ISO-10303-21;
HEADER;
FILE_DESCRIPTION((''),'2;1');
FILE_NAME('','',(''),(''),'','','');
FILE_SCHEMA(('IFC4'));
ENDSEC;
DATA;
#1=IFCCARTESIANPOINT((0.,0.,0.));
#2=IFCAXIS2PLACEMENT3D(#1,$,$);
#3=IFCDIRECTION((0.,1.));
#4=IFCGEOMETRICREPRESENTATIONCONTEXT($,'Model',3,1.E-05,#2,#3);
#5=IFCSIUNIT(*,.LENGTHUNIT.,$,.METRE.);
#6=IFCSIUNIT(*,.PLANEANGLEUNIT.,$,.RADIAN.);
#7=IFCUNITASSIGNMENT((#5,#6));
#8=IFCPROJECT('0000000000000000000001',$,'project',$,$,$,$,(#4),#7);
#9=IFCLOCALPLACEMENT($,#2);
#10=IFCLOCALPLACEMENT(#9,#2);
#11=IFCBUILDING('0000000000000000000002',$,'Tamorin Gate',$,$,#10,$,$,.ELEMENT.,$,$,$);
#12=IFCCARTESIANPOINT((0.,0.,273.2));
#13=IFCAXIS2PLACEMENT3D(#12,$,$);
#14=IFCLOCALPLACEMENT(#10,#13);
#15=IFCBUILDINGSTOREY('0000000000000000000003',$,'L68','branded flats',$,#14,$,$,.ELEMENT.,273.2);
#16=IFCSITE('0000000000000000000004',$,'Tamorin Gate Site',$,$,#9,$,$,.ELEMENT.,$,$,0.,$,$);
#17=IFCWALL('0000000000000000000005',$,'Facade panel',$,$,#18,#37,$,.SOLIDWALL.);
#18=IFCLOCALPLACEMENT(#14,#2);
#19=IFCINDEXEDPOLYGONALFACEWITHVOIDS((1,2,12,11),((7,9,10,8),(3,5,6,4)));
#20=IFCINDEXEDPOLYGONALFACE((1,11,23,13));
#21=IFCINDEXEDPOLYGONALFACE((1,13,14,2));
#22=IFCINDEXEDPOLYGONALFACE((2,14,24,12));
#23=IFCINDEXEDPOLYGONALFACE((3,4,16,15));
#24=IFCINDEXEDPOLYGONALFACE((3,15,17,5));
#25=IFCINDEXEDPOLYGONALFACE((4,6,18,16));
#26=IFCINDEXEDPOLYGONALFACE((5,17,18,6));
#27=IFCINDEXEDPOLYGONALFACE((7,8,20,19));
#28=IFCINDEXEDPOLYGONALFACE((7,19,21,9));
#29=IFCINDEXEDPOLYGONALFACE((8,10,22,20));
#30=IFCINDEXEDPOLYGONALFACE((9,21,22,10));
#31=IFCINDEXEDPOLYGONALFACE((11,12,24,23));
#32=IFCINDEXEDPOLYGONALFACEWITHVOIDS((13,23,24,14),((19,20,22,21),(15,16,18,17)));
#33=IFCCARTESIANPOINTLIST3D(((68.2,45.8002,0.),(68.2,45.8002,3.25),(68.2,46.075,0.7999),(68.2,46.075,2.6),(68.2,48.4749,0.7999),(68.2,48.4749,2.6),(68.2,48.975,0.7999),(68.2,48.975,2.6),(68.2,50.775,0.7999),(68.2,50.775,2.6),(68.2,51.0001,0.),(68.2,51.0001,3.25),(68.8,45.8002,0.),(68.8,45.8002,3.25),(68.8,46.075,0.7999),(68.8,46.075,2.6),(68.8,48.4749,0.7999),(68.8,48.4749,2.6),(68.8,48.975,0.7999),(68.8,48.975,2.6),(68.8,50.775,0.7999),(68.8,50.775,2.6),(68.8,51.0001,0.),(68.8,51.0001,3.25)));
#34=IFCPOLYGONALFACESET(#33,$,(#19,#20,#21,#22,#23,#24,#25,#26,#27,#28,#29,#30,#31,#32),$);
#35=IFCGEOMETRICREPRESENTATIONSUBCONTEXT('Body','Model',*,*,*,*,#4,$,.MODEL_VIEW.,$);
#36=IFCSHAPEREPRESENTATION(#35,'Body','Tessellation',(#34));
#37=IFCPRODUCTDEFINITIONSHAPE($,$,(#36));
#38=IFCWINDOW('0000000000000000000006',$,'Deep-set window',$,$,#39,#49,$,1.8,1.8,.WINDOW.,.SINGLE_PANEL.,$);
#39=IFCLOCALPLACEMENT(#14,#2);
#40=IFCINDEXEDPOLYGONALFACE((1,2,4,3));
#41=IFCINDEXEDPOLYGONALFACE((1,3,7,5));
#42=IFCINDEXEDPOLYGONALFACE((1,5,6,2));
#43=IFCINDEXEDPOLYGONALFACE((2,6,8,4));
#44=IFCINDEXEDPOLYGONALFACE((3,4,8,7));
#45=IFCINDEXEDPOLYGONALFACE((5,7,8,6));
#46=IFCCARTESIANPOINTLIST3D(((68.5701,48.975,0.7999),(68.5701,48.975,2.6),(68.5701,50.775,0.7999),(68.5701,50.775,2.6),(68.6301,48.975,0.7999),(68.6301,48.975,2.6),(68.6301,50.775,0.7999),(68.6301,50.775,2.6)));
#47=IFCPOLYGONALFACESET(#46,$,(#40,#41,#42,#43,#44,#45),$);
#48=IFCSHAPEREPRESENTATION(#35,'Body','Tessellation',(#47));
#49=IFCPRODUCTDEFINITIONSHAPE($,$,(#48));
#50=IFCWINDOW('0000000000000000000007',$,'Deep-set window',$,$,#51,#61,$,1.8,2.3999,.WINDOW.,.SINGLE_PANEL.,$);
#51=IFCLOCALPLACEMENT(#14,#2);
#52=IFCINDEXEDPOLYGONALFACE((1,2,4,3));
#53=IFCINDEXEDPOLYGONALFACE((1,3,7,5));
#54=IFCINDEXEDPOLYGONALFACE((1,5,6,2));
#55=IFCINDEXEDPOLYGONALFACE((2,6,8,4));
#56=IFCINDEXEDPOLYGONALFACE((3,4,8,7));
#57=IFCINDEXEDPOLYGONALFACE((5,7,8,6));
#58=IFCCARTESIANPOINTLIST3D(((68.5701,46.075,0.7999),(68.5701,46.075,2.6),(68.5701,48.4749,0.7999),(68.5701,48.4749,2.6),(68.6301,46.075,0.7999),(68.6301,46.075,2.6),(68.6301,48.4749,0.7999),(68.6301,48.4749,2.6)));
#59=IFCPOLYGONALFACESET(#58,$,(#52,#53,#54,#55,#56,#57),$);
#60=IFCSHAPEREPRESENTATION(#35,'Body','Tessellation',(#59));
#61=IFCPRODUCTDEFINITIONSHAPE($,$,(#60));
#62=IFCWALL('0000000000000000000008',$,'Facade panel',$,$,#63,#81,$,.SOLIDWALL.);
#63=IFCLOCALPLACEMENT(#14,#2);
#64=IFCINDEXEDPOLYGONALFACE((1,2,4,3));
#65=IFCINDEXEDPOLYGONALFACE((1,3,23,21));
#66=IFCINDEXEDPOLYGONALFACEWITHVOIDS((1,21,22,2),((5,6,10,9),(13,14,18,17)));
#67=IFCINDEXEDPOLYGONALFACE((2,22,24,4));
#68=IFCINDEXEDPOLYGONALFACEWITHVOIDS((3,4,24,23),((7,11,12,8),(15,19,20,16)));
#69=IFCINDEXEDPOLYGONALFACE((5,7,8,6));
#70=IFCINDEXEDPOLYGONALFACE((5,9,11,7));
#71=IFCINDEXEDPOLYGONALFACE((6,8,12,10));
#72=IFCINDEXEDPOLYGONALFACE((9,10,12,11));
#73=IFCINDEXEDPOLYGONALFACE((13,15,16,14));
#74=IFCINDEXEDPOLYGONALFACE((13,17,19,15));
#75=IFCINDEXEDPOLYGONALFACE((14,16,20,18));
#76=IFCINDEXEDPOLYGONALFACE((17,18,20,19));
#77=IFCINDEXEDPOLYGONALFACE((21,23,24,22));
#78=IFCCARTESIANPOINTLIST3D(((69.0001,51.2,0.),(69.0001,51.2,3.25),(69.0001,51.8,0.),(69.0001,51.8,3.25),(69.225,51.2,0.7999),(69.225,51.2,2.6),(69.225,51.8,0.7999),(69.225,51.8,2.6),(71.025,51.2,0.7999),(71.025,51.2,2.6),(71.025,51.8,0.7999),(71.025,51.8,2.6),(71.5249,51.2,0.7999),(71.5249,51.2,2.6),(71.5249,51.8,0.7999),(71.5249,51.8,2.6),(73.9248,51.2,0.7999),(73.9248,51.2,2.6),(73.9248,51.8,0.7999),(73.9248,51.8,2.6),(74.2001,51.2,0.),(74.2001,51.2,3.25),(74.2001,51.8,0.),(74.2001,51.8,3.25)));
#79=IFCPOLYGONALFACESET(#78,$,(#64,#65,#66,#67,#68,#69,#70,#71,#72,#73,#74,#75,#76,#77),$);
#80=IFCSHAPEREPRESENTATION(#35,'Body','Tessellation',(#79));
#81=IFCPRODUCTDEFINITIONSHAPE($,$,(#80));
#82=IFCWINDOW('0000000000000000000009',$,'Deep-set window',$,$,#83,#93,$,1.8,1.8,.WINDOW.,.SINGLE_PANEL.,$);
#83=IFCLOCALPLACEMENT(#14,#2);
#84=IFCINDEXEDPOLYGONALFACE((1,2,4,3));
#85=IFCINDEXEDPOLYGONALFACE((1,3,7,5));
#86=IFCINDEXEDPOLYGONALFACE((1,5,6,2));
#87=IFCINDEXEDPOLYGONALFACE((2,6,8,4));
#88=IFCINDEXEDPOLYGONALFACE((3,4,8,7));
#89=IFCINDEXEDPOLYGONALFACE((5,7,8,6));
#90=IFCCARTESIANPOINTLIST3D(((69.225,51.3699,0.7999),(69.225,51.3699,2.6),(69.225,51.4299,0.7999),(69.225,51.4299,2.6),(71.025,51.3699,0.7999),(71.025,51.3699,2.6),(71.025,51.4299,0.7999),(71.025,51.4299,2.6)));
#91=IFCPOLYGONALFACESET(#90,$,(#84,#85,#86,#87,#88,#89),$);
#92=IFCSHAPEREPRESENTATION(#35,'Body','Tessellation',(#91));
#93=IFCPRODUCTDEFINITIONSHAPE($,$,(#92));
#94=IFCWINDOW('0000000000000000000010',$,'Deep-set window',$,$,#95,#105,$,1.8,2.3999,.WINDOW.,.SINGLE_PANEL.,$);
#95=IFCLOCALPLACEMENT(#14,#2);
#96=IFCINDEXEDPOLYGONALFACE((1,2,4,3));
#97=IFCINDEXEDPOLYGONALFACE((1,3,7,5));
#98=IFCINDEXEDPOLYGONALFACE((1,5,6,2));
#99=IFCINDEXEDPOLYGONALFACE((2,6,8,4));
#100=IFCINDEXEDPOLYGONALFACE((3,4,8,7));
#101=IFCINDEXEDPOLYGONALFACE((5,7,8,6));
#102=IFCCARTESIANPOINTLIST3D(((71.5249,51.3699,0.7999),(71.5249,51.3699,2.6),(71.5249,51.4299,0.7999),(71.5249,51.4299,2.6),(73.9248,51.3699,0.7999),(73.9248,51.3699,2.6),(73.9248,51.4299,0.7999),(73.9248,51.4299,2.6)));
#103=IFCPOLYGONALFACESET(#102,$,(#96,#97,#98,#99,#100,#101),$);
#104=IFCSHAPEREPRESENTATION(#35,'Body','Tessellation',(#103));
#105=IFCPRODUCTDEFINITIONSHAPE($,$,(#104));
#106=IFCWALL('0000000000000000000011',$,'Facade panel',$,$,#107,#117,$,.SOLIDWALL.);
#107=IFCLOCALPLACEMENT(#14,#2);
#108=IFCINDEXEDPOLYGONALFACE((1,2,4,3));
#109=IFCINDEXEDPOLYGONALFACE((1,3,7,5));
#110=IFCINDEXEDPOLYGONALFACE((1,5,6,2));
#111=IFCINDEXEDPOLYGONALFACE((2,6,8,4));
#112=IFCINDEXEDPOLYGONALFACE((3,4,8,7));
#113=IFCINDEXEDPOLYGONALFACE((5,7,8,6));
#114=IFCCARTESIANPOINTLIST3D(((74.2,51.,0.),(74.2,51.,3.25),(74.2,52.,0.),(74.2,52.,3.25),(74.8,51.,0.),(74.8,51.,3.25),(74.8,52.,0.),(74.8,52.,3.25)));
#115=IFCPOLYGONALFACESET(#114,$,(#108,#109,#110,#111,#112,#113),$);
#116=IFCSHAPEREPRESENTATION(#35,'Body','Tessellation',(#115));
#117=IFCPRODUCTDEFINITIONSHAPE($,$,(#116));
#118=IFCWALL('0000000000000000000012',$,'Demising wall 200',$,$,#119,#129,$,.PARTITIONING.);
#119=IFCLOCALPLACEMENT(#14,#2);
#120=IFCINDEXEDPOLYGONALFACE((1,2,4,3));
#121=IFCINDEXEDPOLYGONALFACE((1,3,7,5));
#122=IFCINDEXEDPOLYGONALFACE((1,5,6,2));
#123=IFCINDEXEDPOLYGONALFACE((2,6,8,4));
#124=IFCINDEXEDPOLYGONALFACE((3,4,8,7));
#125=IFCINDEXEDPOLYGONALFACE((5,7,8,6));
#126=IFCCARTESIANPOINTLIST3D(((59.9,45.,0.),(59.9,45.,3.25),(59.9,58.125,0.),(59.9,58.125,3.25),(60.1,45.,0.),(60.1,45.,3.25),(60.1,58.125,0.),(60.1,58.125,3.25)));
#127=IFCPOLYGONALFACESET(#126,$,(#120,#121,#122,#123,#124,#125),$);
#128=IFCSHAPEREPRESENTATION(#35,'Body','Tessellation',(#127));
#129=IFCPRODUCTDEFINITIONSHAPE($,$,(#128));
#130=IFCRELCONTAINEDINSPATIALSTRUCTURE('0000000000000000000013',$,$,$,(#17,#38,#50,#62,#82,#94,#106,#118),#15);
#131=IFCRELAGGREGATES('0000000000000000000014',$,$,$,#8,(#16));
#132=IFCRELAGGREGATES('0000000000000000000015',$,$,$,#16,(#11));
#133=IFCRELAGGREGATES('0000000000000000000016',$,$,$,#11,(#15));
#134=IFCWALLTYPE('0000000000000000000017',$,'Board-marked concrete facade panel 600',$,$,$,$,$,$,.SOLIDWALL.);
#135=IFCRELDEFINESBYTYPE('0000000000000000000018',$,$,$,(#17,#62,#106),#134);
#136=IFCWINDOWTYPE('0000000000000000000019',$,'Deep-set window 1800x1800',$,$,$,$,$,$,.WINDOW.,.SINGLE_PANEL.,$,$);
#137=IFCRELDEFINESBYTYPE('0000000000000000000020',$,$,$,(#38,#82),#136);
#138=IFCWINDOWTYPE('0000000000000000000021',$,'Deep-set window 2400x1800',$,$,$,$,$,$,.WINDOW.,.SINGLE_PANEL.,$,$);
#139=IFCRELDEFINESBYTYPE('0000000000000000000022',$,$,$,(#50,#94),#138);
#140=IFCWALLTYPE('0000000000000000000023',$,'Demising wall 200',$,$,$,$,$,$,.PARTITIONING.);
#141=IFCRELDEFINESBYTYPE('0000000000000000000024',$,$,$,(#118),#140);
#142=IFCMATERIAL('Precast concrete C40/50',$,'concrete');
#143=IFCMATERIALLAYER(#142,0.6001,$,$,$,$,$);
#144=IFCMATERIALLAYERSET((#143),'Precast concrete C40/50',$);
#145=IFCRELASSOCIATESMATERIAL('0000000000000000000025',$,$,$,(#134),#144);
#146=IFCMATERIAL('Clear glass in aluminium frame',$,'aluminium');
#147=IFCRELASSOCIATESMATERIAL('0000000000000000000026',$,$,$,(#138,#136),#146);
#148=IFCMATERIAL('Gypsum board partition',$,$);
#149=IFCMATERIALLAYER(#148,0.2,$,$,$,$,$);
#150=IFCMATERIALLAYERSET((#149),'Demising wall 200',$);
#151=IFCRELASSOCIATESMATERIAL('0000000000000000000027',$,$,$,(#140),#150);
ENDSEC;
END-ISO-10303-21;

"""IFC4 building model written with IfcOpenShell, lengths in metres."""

from ifc_helpers import new_model, si_unit, direction, frame, frame_2d, origin, place, context, subcontext, project, spatial, rectangle, extrude, material, layer, layer_set, type_object, element, fill, save


model = new_model("IFC4")

# Units and contexts
model_context = context("Model", 3, precision=1e-05, world=origin(), true_north=direction((0.0, 1.0)))
body_context = subcontext(model_context, "Body", "Model", "MODEL_VIEW")
ifc_project = project(units=[si_unit("LENGTHUNIT", "METRE"), si_unit("PLANEANGLEUNIT", "RADIAN")], contexts=[model_context])

# Site, building, storey
site_placement = place(None, origin())
site = spatial("IfcSite", under=ifc_project, at=site_placement, Name="Tamorin Gate Site", CompositionType="ELEMENT", RefElevation=0.0)
building_placement = place(site_placement, origin())
building = spatial("IfcBuilding", under=site, at=building_placement, Name="Tamorin Gate", CompositionType="ELEMENT")
storey_placement = place(building_placement, frame((0.0, 0.0, 273.2)))
storey = spatial("IfcBuildingStorey", under=building, at=storey_placement, Name="L68", Description="branded flats", CompositionType="ELEMENT", Elevation=273.2)

# Shared definitions
ifc_material_1 = material(Name="Precast concrete C40/50", Category="concrete")
ifc_layer_1 = layer(ifc_material_1, 0.6001)
ifc_layer_set_1 = layer_set([ifc_layer_1], Name="Precast concrete C40/50")
wall_type_1 = type_object("IfcWallType", Name="Board-marked concrete facade panel 600", PredefinedType="SOLIDWALL", material=ifc_layer_set_1)
ifc_material_2 = material(Name="Clear glass in aluminium frame", Category="aluminium")
window_type_1 = type_object("IfcWindowType", Name="Deep-set window 2400x1800", PartitioningType="SINGLE_PANEL", PredefinedType="WINDOW", material=ifc_material_2)

# Walls, openings, windows
wall_1_placement = place(storey_placement, frame((68.5, 45.8, 0.0), z_axis=(0.0, 0.0, 1.0), x_axis=(0.0, 1.0, 0.0)))
wall_1 = element("IfcWall", 1, at=wall_1_placement, inside=storey, type_object=wall_type_1, Name="Facade panel", PredefinedType="SOLIDWALL", context=body_context, shape_type="SweptSolid", body=[
    extrude(rectangle(XDim=5.2, YDim=0.6001, at=frame_2d((2.6001, 0.0))), origin(), (0.0, 0.0, 1.0), 3.25),
])
opening_1_placement = place(wall_1_placement, frame((0.2749, 0.0, 0.8)))
opening_1 = element("IfcOpeningElement", 2, at=opening_1_placement, cuts=wall_1, PredefinedType="OPENING", context=body_context, shape_type="SweptSolid", body=[
    extrude(rectangle(XDim=2.3999, YDim=1.8, at=frame_2d((1.2, 0.8999))), frame((0.0, 0.3101, 0.0), z_axis=(0.0, -1.0, 0.0), x_axis=(1.0, 0.0, 0.0)), (0.0, 0.0, 1.0), 0.6201),
])
opening_2_placement = place(wall_1_placement, frame((3.175, 0.0, 0.8)))
opening_2 = element("IfcOpeningElement", 3, at=opening_2_placement, cuts=wall_1, PredefinedType="OPENING", context=body_context, shape_type="SweptSolid", body=[
    extrude(rectangle(XDim=1.8, YDim=1.8, at=frame_2d((0.8999, 0.8999))), frame((0.0, 0.3101, 0.0), z_axis=(0.0, -1.0, 0.0), x_axis=(1.0, 0.0, 0.0)), (0.0, 0.0, 1.0), 0.6201),
])
window_type_2 = type_object("IfcWindowType", Name="Deep-set window 1800x1800", PartitioningType="SINGLE_PANEL", PredefinedType="WINDOW", material=ifc_material_2)
window_1_placement = place(opening_2_placement, origin())
window_1 = element("IfcWindow", 4, at=window_1_placement, inside=storey, type_object=window_type_2, Name="Deep-set window", OverallHeight=1.8, OverallWidth=1.8, PartitioningType="SINGLE_PANEL", PredefinedType="WINDOW", context=body_context, shape_type="SweptSolid", body=[
    extrude(rectangle(XDim=1.8, YDim=1.8, at=frame_2d((0.8999, 0.8999))), frame((0.0, -0.0701, 0.0), z_axis=(0.0, -1.0, 0.0), x_axis=(1.0, 0.0, 0.0)), (0.0, 0.0, 1.0), 0.0601),
])
fill(opening_2, window_1)
window_2_placement = place(opening_1_placement, origin())
window_2 = element("IfcWindow", 5, at=window_2_placement, inside=storey, type_object=window_type_1, Name="Deep-set window", OverallHeight=1.8, OverallWidth=2.3999, PartitioningType="SINGLE_PANEL", PredefinedType="WINDOW", context=body_context, shape_type="SweptSolid", body=[
    extrude(rectangle(XDim=2.3999, YDim=1.8, at=frame_2d((1.2, 0.8999))), frame((0.0, -0.0701, 0.0), z_axis=(0.0, -1.0, 0.0), x_axis=(1.0, 0.0, 0.0)), (0.0, 0.0, 1.0), 0.0601),
])
fill(opening_1, window_2)
wall_2_placement = place(storey_placement, frame((69.0, 51.5, 0.0), z_axis=(0.0, 0.0, 1.0), x_axis=(1.0, 0.0, 0.0)))
wall_2 = element("IfcWall", 6, at=wall_2_placement, inside=storey, type_object=wall_type_1, Name="Facade panel", PredefinedType="SOLIDWALL", context=body_context, shape_type="SweptSolid", body=[
    extrude(rectangle(XDim=5.2, YDim=0.6001, at=frame_2d((2.6001, 0.0))), origin(), (0.0, 0.0, 1.0), 3.25),
])
opening_3_placement = place(wall_2_placement, frame((0.2251, 0.0, 0.8)))
opening_3 = element("IfcOpeningElement", 7, at=opening_3_placement, cuts=wall_2, PredefinedType="OPENING", context=body_context, shape_type="SweptSolid", body=[
    extrude(rectangle(XDim=1.8, YDim=1.8, at=frame_2d((0.8999, 0.8999))), frame((0.0, 0.3101, 0.0), z_axis=(0.0, -1.0, 0.0), x_axis=(1.0, 0.0, 0.0)), (0.0, 0.0, 1.0), 0.6201),
])
opening_4_placement = place(wall_2_placement, frame((2.5249, 0.0, 0.8)))
opening_4 = element("IfcOpeningElement", 8, at=opening_4_placement, cuts=wall_2, PredefinedType="OPENING", context=body_context, shape_type="SweptSolid", body=[
    extrude(rectangle(XDim=2.3999, YDim=1.8, at=frame_2d((1.2, 0.8999))), frame((0.0, 0.3101, 0.0), z_axis=(0.0, -1.0, 0.0), x_axis=(1.0, 0.0, 0.0)), (0.0, 0.0, 1.0), 0.6201),
])
window_3_placement = place(opening_3_placement, origin())
window_3 = element("IfcWindow", 9, at=window_3_placement, inside=storey, type_object=window_type_2, Name="Deep-set window", OverallHeight=1.8, OverallWidth=1.8, PartitioningType="SINGLE_PANEL", PredefinedType="WINDOW", context=body_context, shape_type="SweptSolid", body=[
    extrude(rectangle(XDim=1.8, YDim=1.8, at=frame_2d((0.8999, 0.8999))), frame((0.0, -0.0701, 0.0), z_axis=(0.0, -1.0, 0.0), x_axis=(1.0, 0.0, 0.0)), (0.0, 0.0, 1.0), 0.0601),
])
fill(opening_3, window_3)
window_4_placement = place(opening_4_placement, origin())
window_4 = element("IfcWindow", 10, at=window_4_placement, inside=storey, type_object=window_type_1, Name="Deep-set window", OverallHeight=1.8, OverallWidth=2.3999, PartitioningType="SINGLE_PANEL", PredefinedType="WINDOW", context=body_context, shape_type="SweptSolid", body=[
    extrude(rectangle(XDim=2.3999, YDim=1.8, at=frame_2d((1.2, 0.8999))), frame((0.0, -0.0701, 0.0), z_axis=(0.0, -1.0, 0.0), x_axis=(1.0, 0.0, 0.0)), (0.0, 0.0, 1.0), 0.0601),
])
fill(opening_4, window_4)

# Walls
wall_3_placement = place(storey_placement, frame((74.5, 51.0, 0.0), z_axis=(0.0, 0.0, 1.0), x_axis=(0.0, 1.0, 0.0)))
element("IfcWall", 11, at=wall_3_placement, inside=storey, type_object=wall_type_1, Name="Facade panel", PredefinedType="SOLIDWALL", context=body_context, shape_type="SweptSolid", body=[
    extrude(rectangle(XDim=1.0, YDim=0.6001, at=frame_2d((0.5, 0.0))), origin(), (0.0, 0.0, 1.0), 3.25),
])
ifc_material_3 = material(Name="Gypsum board partition")
ifc_layer_2 = layer(ifc_material_3, 0.2)
ifc_layer_set_2 = layer_set([ifc_layer_2], Name="Demising wall 200")
wall_type_2 = type_object("IfcWallType", Name="Demising wall 200", PredefinedType="PARTITIONING", material=ifc_layer_set_2)
wall_4_placement = place(storey_placement, frame((60.0, 45.0, 0.0), z_axis=(0.0, 0.0, 1.0), x_axis=(0.0, 1.0, 0.0)))
element("IfcWall", 12, at=wall_4_placement, inside=storey, type_object=wall_type_2, Name="Demising wall 200", PredefinedType="PARTITIONING", context=body_context, shape_type="SweptSolid", body=[
    extrude(rectangle(XDim=13.125, YDim=0.2, at=frame_2d((6.5625, 0.0))), origin(), (0.0, 0.0, 1.0), 3.25),
])

save(model, "model.ifc")
